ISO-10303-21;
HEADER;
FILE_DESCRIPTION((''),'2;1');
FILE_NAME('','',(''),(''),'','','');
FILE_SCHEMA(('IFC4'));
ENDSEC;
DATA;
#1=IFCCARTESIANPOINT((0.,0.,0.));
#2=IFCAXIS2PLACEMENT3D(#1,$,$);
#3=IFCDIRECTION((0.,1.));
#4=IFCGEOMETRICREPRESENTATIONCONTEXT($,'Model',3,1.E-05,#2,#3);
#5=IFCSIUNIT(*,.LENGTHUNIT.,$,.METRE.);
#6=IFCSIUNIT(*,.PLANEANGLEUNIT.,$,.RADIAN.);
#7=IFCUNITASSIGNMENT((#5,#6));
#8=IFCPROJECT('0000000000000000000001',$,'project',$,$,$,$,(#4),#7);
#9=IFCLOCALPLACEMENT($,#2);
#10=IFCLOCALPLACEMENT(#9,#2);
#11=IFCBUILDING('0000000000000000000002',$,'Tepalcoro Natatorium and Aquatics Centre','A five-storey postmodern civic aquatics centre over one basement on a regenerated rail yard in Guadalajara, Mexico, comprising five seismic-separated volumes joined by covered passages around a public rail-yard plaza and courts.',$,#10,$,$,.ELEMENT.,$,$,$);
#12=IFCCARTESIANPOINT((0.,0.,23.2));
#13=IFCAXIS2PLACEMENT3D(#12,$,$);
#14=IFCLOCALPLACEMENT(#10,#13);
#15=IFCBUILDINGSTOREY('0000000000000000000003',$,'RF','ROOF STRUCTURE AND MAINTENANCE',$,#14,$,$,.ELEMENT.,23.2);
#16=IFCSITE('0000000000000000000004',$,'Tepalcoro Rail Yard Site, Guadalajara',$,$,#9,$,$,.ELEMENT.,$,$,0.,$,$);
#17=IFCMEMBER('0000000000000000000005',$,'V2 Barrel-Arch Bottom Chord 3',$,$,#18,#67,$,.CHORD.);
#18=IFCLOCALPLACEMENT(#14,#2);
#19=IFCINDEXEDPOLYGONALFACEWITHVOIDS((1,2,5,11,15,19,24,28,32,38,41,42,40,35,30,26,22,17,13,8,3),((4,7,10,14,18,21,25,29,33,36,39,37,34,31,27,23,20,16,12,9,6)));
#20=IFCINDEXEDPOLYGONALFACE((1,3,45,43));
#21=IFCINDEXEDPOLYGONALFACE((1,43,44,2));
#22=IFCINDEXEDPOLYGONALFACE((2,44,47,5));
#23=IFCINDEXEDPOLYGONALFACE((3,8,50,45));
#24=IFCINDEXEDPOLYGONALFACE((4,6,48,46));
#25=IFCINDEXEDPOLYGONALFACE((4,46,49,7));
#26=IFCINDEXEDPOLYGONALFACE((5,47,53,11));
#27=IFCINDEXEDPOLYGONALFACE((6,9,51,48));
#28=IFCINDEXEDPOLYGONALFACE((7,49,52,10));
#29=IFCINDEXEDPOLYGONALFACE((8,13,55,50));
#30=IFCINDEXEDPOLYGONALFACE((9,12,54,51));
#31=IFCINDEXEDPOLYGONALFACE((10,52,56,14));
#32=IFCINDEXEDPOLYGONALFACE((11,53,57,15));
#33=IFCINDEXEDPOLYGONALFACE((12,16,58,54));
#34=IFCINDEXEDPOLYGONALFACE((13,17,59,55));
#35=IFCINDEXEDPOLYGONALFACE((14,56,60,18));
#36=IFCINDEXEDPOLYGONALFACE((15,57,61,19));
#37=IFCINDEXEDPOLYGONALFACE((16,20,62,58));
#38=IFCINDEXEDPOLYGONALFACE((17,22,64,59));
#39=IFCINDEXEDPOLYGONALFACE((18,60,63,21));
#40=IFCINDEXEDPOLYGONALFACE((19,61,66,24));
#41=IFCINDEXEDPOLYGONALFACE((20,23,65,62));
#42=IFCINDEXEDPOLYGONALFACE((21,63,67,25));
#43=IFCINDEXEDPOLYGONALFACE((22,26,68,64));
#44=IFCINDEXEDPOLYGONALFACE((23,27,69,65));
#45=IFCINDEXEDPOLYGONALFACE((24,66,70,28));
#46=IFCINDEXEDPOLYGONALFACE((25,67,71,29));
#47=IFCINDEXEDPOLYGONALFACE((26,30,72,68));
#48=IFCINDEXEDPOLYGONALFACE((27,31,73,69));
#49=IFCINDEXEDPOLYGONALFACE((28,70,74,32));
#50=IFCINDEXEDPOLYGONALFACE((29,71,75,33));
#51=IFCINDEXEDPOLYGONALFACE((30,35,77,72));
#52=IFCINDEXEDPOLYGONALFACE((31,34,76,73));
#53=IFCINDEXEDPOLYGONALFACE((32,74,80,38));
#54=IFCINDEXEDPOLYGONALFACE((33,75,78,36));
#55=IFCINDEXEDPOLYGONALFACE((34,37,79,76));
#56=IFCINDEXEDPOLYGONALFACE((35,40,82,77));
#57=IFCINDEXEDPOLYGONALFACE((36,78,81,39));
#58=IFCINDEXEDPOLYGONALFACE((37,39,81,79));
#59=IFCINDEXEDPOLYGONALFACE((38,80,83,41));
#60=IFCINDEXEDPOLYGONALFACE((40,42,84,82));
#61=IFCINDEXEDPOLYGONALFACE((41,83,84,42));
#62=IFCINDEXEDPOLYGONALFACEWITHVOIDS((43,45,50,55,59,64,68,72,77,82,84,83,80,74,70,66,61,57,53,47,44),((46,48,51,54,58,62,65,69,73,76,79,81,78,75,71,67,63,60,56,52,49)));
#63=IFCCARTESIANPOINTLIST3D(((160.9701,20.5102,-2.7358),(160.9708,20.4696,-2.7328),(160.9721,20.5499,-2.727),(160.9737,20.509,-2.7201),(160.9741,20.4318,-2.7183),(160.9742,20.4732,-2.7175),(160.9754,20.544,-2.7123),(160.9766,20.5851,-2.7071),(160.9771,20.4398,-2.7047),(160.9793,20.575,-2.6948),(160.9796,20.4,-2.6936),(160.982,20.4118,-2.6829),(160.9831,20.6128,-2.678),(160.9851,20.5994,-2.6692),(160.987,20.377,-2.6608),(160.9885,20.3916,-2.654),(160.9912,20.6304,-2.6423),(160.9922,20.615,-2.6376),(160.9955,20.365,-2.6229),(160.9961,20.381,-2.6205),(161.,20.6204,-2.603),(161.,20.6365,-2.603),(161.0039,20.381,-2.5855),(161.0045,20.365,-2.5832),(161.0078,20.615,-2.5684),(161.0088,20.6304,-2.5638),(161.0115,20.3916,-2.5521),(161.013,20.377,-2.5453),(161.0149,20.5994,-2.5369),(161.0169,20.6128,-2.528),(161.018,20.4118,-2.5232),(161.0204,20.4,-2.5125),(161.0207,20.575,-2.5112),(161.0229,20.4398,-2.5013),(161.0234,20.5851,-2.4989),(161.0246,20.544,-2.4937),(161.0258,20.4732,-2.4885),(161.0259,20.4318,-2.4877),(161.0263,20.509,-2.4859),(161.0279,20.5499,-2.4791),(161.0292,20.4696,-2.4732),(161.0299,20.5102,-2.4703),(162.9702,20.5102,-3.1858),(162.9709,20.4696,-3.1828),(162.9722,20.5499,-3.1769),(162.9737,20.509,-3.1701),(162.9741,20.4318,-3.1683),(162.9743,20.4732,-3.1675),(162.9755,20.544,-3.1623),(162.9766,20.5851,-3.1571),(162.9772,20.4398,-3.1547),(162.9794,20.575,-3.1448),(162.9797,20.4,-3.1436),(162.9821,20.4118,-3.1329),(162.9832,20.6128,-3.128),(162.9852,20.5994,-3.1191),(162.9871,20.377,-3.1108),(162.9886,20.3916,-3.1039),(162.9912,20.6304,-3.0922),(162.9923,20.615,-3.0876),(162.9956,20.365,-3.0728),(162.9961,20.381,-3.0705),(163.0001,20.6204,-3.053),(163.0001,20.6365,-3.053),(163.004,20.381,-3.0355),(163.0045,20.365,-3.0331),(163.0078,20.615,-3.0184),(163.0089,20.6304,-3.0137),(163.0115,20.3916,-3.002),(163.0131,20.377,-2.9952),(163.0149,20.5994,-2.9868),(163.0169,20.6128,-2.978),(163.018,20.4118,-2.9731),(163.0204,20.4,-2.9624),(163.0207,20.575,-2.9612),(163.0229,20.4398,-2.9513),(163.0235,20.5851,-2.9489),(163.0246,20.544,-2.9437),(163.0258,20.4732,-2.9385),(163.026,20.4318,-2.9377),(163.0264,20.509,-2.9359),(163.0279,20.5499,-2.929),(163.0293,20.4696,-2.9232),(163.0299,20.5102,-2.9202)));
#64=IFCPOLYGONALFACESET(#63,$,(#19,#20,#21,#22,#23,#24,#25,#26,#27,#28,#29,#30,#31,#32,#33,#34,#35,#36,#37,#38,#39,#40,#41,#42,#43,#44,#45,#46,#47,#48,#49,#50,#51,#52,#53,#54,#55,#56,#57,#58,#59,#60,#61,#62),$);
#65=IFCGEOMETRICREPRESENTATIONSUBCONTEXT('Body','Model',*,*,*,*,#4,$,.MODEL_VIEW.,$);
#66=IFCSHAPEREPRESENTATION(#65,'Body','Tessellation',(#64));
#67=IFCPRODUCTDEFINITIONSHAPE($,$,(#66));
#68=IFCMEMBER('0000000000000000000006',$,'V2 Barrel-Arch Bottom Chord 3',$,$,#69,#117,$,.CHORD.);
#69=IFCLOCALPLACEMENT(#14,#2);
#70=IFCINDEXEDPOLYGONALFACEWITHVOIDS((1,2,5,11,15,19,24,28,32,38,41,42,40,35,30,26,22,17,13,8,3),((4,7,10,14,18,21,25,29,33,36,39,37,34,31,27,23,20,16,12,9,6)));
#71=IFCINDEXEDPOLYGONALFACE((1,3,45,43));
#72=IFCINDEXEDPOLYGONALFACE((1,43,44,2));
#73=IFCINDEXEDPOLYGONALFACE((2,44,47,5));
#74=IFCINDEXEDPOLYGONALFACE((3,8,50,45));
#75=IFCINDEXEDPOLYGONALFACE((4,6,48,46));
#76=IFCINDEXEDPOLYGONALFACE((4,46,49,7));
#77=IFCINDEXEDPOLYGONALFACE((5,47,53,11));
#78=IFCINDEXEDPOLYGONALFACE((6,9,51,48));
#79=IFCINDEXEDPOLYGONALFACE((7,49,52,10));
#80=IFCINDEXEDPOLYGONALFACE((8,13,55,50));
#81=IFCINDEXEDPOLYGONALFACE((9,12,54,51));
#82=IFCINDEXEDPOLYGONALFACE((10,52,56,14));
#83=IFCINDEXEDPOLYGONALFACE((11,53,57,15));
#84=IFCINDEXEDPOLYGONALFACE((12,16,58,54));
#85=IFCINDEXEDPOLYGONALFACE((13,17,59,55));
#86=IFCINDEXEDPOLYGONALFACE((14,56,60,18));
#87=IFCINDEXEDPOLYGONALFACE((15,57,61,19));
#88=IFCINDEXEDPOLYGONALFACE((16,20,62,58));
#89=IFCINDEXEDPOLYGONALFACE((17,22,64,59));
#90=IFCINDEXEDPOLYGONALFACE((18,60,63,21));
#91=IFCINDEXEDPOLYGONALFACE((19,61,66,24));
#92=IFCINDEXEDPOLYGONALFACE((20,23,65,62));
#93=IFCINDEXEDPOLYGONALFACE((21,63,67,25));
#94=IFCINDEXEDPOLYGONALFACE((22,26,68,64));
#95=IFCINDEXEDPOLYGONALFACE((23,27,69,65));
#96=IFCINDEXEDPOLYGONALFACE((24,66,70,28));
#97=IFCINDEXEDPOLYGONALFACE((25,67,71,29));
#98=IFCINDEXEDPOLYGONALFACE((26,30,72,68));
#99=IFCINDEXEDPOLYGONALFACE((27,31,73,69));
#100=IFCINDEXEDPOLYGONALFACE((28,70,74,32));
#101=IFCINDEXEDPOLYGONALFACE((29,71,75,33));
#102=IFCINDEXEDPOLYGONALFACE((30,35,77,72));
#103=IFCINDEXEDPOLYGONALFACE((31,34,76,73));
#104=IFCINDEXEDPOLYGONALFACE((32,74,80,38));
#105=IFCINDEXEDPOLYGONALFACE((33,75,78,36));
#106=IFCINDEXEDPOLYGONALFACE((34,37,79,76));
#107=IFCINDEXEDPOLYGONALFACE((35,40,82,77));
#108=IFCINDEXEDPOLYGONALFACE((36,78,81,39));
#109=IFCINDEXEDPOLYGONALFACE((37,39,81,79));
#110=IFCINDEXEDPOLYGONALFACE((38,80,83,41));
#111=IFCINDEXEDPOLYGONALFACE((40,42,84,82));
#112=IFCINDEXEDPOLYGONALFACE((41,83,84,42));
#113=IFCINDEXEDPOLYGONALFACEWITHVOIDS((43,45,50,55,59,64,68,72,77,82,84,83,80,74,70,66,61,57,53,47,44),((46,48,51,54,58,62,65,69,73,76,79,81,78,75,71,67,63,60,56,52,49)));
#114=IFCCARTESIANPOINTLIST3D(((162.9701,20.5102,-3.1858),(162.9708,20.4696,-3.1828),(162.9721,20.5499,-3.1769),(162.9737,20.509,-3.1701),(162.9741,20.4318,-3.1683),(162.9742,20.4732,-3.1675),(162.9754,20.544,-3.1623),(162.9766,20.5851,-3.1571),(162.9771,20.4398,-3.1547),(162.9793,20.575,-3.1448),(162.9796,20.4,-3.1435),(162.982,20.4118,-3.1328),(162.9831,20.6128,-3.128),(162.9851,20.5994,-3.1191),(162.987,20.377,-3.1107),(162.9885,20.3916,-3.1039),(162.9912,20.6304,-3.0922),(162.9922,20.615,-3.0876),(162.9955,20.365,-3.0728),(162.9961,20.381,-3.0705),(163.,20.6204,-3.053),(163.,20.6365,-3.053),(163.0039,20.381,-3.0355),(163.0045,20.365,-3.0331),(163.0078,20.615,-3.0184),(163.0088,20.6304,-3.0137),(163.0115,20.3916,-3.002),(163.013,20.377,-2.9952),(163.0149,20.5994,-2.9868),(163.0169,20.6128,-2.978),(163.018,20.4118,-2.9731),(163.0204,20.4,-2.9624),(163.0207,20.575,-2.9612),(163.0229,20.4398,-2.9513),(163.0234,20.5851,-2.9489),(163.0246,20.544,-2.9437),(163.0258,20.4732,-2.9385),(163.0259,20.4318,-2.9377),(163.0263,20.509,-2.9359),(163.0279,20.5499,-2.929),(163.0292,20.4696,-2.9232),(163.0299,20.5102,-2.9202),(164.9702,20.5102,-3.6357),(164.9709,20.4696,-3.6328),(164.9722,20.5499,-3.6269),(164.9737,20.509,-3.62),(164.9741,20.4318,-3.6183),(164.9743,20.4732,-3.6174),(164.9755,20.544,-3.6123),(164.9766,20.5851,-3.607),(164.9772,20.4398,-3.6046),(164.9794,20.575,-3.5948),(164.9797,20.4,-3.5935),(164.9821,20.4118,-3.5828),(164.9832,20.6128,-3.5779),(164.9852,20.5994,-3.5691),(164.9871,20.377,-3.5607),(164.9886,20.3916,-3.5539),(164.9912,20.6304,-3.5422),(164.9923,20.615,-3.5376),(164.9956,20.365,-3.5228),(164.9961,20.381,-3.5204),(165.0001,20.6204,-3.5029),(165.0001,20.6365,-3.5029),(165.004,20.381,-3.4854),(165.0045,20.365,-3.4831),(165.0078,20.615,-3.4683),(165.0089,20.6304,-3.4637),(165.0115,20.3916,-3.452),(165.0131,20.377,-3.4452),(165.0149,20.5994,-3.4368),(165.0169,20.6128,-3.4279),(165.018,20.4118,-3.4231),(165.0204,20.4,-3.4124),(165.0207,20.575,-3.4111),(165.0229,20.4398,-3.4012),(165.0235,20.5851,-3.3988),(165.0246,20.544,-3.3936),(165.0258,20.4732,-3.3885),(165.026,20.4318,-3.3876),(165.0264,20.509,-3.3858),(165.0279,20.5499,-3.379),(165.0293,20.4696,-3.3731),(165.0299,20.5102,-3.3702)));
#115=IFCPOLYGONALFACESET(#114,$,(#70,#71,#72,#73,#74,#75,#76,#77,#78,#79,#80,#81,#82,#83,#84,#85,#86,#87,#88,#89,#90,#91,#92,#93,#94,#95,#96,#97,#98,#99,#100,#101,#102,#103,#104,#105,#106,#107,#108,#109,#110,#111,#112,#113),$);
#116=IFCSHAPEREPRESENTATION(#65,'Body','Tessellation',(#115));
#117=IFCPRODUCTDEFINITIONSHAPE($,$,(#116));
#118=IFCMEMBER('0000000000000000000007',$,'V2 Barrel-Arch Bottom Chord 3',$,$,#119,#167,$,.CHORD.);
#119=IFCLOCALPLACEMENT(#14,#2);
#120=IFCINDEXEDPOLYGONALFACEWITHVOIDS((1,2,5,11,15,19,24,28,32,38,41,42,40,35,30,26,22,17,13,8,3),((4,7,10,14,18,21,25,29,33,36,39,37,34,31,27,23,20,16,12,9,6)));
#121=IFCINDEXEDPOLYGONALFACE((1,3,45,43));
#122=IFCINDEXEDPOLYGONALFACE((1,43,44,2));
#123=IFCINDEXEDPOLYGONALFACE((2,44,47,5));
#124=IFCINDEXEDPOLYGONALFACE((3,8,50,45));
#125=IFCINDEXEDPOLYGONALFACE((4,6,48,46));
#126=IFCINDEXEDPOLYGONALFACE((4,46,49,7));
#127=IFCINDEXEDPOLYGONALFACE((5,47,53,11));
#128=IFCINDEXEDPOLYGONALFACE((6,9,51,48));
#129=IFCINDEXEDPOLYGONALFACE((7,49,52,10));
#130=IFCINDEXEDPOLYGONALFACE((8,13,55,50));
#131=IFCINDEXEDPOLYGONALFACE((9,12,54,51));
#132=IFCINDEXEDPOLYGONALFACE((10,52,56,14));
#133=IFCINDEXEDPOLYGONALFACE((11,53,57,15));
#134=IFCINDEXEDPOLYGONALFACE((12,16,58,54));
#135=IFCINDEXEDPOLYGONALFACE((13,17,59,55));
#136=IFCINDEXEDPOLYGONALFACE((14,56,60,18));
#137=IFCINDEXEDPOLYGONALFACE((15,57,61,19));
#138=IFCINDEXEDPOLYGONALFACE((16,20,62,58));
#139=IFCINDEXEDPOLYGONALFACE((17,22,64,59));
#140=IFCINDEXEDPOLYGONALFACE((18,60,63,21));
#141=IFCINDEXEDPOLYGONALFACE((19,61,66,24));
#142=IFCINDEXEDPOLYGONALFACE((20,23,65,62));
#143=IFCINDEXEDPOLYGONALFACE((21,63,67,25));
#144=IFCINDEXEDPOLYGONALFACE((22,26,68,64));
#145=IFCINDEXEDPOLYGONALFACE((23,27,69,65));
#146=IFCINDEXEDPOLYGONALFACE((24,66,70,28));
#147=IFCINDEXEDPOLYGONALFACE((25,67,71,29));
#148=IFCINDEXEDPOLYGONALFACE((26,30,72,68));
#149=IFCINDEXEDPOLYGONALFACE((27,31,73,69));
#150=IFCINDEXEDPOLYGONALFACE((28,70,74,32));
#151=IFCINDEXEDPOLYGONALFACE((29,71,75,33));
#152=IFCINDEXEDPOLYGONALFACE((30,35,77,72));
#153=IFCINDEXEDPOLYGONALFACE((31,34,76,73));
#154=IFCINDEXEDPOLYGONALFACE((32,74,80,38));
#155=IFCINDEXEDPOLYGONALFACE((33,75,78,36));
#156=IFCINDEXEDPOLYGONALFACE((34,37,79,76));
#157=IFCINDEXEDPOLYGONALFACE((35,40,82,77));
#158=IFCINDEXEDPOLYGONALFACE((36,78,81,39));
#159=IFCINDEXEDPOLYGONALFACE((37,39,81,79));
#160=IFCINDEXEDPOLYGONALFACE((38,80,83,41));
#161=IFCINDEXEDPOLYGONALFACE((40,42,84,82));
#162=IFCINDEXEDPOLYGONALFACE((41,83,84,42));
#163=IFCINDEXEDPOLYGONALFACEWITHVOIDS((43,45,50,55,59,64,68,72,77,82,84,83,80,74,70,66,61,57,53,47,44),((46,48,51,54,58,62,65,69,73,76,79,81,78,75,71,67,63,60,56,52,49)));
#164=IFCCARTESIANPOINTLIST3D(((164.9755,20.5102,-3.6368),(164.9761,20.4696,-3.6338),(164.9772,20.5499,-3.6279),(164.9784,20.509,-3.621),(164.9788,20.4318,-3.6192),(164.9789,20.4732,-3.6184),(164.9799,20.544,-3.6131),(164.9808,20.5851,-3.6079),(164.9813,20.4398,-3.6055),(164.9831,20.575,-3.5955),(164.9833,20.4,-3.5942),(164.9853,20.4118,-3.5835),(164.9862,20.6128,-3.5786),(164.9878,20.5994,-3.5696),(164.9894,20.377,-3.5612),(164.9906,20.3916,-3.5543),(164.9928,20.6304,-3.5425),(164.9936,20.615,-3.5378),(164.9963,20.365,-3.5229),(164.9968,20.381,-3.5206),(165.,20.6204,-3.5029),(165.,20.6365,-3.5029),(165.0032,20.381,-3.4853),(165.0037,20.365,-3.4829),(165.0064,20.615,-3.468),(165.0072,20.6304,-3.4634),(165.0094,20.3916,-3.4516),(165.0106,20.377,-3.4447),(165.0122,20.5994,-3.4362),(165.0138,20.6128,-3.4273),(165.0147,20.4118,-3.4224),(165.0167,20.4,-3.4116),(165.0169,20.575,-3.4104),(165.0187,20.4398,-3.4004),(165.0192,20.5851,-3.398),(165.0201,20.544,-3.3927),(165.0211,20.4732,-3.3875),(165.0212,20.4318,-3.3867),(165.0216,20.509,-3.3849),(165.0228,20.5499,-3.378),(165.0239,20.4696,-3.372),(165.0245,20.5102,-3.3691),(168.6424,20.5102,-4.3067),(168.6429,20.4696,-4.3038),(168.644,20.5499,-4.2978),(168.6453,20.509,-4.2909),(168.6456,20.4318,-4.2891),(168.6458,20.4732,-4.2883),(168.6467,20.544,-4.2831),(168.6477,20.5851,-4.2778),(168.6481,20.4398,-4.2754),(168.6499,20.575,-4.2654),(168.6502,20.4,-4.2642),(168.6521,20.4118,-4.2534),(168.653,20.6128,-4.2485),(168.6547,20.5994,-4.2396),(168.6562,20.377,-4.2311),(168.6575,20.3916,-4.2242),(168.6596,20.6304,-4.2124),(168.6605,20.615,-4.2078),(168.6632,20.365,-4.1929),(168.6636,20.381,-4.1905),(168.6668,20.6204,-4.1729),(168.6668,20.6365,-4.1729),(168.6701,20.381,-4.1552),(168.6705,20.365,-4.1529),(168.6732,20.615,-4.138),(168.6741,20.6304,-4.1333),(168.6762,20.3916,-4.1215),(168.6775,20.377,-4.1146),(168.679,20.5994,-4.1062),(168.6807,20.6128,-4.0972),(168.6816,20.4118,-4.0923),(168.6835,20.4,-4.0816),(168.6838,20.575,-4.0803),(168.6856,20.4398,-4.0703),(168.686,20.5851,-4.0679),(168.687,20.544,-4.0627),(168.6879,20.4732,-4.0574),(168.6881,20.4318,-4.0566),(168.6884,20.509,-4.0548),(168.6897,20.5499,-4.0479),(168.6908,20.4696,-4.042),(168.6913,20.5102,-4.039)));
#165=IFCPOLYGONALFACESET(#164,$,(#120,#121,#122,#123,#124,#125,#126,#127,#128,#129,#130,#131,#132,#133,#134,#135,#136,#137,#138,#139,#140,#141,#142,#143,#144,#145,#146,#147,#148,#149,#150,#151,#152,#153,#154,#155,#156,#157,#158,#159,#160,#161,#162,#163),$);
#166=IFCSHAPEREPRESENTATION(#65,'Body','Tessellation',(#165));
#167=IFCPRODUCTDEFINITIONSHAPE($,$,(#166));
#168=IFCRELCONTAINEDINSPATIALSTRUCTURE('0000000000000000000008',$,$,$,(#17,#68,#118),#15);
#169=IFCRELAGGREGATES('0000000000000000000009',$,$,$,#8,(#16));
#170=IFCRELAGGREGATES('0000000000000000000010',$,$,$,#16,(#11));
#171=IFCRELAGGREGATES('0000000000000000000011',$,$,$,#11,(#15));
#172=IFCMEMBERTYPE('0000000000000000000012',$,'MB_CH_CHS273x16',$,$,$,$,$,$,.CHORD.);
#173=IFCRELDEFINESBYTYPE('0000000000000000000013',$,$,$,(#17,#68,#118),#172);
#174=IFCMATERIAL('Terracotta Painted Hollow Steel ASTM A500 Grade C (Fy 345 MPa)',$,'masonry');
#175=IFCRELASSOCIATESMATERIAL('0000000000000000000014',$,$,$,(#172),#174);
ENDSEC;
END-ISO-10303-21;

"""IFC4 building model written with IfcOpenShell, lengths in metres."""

from ifc_helpers import new_model, si_unit, direction, frame, origin, origin_2d, place, context, subcontext, project, spatial, hollow_circle, extrude, material, material_profile, profile_set, type_object, element, save


model = new_model("IFC4")

# Units and contexts
model_context = context("Model", 3, precision=1e-05, world=origin(), true_north=direction((0.0, 1.0)))
body_context = subcontext(model_context, "Body", "Model", "MODEL_VIEW")
ifc_project = project(units=[si_unit("LENGTHUNIT", "METRE"), si_unit("PLANEANGLEUNIT", "RADIAN")], contexts=[model_context])

# Site, building, storey
site_placement = place(None, origin())
site = spatial("IfcSite", under=ifc_project, at=site_placement, Name="Tepalcoro Rail Yard Site, Guadalajara", CompositionType="ELEMENT", RefElevation=0.0)
building_placement = place(site_placement, origin())
building = spatial("IfcBuilding", under=site, at=building_placement, Name="Tepalcoro Natatorium and Aquatics Centre", Description="A five-storey postmodern civic aquatics centre over one basement on a regenerated rail yard in Guadalajara, Mexico, comprising five seismic-separated volumes joined by covered passages around a public rail-yard plaza and courts.", CompositionType="ELEMENT")
storey_placement = place(building_placement, frame((0.0, 0.0, 23.2)))
storey = spatial("IfcBuildingStorey", under=building, at=storey_placement, Name="RF", Description="ROOF STRUCTURE AND MAINTENANCE", CompositionType="ELEMENT", Elevation=23.2)

# Shared definitions
ifc_material_1 = material(Name="Terracotta Painted Hollow Steel ASTM A500 Grade C (Fy 345 MPa)", Category="masonry")

# Members
ifc_material_profile_1 = material_profile(ifc_material_1, hollow_circle(Radius=0.1365, WallThickness=0.0161, at=origin_2d()), Name="CHS273X16")
ifc_profile_set_1 = profile_set([ifc_material_profile_1], Name="Terracotta Painted Hollow Steel ASTM A500 Grade C (Fy 345 MPa)")
member_type_1 = type_object("IfcMemberType", Name="MB_CH_CHS273x16", PredefinedType="CHORD", material=ifc_profile_set_1)
for number, where, z_axis, x_axis, name in (
    (1, (161.0, 20.5, -2.603), (0.975615, 0.0, -0.21949), (0.0, 1.0, 0.0), "V2 Barrel-Arch Bottom Chord 3"),
    (2, (163.0, 20.5, -3.053), (0.975615, 0.0, -0.21949), (0.0, 1.0, 0.0), "V2 Barrel-Arch Bottom Chord 3"),
):
    element("IfcMember", number, at=place(storey_placement, frame(where, z_axis=z_axis, x_axis=x_axis)), inside=storey, type_object=member_type_1, Name=name, PredefinedType="CHORD", context=body_context, shape_type="SweptSolid", body=[
        extrude(hollow_circle(Radius=0.1365, WallThickness=0.0161, at=origin_2d()), origin(), (0.0, 0.0, 1.0), 2.05),
    ])
member_1_placement = place(storey_placement, frame((165.0, 20.5, -3.5029), z_axis=(0.983717, 0.0, -0.179727), x_axis=(0.0, 1.0, 0.0)))
element("IfcMember", 3, at=member_1_placement, inside=storey, type_object=member_type_1, Name="V2 Barrel-Arch Bottom Chord 3", PredefinedType="CHORD", context=body_context, shape_type="SweptSolid", body=[
    extrude(hollow_circle(Radius=0.1365, WallThickness=0.0161, at=origin_2d()), origin(), (0.0, 0.0, 1.0), 3.7275),
])

save(model, "model.ifc")
